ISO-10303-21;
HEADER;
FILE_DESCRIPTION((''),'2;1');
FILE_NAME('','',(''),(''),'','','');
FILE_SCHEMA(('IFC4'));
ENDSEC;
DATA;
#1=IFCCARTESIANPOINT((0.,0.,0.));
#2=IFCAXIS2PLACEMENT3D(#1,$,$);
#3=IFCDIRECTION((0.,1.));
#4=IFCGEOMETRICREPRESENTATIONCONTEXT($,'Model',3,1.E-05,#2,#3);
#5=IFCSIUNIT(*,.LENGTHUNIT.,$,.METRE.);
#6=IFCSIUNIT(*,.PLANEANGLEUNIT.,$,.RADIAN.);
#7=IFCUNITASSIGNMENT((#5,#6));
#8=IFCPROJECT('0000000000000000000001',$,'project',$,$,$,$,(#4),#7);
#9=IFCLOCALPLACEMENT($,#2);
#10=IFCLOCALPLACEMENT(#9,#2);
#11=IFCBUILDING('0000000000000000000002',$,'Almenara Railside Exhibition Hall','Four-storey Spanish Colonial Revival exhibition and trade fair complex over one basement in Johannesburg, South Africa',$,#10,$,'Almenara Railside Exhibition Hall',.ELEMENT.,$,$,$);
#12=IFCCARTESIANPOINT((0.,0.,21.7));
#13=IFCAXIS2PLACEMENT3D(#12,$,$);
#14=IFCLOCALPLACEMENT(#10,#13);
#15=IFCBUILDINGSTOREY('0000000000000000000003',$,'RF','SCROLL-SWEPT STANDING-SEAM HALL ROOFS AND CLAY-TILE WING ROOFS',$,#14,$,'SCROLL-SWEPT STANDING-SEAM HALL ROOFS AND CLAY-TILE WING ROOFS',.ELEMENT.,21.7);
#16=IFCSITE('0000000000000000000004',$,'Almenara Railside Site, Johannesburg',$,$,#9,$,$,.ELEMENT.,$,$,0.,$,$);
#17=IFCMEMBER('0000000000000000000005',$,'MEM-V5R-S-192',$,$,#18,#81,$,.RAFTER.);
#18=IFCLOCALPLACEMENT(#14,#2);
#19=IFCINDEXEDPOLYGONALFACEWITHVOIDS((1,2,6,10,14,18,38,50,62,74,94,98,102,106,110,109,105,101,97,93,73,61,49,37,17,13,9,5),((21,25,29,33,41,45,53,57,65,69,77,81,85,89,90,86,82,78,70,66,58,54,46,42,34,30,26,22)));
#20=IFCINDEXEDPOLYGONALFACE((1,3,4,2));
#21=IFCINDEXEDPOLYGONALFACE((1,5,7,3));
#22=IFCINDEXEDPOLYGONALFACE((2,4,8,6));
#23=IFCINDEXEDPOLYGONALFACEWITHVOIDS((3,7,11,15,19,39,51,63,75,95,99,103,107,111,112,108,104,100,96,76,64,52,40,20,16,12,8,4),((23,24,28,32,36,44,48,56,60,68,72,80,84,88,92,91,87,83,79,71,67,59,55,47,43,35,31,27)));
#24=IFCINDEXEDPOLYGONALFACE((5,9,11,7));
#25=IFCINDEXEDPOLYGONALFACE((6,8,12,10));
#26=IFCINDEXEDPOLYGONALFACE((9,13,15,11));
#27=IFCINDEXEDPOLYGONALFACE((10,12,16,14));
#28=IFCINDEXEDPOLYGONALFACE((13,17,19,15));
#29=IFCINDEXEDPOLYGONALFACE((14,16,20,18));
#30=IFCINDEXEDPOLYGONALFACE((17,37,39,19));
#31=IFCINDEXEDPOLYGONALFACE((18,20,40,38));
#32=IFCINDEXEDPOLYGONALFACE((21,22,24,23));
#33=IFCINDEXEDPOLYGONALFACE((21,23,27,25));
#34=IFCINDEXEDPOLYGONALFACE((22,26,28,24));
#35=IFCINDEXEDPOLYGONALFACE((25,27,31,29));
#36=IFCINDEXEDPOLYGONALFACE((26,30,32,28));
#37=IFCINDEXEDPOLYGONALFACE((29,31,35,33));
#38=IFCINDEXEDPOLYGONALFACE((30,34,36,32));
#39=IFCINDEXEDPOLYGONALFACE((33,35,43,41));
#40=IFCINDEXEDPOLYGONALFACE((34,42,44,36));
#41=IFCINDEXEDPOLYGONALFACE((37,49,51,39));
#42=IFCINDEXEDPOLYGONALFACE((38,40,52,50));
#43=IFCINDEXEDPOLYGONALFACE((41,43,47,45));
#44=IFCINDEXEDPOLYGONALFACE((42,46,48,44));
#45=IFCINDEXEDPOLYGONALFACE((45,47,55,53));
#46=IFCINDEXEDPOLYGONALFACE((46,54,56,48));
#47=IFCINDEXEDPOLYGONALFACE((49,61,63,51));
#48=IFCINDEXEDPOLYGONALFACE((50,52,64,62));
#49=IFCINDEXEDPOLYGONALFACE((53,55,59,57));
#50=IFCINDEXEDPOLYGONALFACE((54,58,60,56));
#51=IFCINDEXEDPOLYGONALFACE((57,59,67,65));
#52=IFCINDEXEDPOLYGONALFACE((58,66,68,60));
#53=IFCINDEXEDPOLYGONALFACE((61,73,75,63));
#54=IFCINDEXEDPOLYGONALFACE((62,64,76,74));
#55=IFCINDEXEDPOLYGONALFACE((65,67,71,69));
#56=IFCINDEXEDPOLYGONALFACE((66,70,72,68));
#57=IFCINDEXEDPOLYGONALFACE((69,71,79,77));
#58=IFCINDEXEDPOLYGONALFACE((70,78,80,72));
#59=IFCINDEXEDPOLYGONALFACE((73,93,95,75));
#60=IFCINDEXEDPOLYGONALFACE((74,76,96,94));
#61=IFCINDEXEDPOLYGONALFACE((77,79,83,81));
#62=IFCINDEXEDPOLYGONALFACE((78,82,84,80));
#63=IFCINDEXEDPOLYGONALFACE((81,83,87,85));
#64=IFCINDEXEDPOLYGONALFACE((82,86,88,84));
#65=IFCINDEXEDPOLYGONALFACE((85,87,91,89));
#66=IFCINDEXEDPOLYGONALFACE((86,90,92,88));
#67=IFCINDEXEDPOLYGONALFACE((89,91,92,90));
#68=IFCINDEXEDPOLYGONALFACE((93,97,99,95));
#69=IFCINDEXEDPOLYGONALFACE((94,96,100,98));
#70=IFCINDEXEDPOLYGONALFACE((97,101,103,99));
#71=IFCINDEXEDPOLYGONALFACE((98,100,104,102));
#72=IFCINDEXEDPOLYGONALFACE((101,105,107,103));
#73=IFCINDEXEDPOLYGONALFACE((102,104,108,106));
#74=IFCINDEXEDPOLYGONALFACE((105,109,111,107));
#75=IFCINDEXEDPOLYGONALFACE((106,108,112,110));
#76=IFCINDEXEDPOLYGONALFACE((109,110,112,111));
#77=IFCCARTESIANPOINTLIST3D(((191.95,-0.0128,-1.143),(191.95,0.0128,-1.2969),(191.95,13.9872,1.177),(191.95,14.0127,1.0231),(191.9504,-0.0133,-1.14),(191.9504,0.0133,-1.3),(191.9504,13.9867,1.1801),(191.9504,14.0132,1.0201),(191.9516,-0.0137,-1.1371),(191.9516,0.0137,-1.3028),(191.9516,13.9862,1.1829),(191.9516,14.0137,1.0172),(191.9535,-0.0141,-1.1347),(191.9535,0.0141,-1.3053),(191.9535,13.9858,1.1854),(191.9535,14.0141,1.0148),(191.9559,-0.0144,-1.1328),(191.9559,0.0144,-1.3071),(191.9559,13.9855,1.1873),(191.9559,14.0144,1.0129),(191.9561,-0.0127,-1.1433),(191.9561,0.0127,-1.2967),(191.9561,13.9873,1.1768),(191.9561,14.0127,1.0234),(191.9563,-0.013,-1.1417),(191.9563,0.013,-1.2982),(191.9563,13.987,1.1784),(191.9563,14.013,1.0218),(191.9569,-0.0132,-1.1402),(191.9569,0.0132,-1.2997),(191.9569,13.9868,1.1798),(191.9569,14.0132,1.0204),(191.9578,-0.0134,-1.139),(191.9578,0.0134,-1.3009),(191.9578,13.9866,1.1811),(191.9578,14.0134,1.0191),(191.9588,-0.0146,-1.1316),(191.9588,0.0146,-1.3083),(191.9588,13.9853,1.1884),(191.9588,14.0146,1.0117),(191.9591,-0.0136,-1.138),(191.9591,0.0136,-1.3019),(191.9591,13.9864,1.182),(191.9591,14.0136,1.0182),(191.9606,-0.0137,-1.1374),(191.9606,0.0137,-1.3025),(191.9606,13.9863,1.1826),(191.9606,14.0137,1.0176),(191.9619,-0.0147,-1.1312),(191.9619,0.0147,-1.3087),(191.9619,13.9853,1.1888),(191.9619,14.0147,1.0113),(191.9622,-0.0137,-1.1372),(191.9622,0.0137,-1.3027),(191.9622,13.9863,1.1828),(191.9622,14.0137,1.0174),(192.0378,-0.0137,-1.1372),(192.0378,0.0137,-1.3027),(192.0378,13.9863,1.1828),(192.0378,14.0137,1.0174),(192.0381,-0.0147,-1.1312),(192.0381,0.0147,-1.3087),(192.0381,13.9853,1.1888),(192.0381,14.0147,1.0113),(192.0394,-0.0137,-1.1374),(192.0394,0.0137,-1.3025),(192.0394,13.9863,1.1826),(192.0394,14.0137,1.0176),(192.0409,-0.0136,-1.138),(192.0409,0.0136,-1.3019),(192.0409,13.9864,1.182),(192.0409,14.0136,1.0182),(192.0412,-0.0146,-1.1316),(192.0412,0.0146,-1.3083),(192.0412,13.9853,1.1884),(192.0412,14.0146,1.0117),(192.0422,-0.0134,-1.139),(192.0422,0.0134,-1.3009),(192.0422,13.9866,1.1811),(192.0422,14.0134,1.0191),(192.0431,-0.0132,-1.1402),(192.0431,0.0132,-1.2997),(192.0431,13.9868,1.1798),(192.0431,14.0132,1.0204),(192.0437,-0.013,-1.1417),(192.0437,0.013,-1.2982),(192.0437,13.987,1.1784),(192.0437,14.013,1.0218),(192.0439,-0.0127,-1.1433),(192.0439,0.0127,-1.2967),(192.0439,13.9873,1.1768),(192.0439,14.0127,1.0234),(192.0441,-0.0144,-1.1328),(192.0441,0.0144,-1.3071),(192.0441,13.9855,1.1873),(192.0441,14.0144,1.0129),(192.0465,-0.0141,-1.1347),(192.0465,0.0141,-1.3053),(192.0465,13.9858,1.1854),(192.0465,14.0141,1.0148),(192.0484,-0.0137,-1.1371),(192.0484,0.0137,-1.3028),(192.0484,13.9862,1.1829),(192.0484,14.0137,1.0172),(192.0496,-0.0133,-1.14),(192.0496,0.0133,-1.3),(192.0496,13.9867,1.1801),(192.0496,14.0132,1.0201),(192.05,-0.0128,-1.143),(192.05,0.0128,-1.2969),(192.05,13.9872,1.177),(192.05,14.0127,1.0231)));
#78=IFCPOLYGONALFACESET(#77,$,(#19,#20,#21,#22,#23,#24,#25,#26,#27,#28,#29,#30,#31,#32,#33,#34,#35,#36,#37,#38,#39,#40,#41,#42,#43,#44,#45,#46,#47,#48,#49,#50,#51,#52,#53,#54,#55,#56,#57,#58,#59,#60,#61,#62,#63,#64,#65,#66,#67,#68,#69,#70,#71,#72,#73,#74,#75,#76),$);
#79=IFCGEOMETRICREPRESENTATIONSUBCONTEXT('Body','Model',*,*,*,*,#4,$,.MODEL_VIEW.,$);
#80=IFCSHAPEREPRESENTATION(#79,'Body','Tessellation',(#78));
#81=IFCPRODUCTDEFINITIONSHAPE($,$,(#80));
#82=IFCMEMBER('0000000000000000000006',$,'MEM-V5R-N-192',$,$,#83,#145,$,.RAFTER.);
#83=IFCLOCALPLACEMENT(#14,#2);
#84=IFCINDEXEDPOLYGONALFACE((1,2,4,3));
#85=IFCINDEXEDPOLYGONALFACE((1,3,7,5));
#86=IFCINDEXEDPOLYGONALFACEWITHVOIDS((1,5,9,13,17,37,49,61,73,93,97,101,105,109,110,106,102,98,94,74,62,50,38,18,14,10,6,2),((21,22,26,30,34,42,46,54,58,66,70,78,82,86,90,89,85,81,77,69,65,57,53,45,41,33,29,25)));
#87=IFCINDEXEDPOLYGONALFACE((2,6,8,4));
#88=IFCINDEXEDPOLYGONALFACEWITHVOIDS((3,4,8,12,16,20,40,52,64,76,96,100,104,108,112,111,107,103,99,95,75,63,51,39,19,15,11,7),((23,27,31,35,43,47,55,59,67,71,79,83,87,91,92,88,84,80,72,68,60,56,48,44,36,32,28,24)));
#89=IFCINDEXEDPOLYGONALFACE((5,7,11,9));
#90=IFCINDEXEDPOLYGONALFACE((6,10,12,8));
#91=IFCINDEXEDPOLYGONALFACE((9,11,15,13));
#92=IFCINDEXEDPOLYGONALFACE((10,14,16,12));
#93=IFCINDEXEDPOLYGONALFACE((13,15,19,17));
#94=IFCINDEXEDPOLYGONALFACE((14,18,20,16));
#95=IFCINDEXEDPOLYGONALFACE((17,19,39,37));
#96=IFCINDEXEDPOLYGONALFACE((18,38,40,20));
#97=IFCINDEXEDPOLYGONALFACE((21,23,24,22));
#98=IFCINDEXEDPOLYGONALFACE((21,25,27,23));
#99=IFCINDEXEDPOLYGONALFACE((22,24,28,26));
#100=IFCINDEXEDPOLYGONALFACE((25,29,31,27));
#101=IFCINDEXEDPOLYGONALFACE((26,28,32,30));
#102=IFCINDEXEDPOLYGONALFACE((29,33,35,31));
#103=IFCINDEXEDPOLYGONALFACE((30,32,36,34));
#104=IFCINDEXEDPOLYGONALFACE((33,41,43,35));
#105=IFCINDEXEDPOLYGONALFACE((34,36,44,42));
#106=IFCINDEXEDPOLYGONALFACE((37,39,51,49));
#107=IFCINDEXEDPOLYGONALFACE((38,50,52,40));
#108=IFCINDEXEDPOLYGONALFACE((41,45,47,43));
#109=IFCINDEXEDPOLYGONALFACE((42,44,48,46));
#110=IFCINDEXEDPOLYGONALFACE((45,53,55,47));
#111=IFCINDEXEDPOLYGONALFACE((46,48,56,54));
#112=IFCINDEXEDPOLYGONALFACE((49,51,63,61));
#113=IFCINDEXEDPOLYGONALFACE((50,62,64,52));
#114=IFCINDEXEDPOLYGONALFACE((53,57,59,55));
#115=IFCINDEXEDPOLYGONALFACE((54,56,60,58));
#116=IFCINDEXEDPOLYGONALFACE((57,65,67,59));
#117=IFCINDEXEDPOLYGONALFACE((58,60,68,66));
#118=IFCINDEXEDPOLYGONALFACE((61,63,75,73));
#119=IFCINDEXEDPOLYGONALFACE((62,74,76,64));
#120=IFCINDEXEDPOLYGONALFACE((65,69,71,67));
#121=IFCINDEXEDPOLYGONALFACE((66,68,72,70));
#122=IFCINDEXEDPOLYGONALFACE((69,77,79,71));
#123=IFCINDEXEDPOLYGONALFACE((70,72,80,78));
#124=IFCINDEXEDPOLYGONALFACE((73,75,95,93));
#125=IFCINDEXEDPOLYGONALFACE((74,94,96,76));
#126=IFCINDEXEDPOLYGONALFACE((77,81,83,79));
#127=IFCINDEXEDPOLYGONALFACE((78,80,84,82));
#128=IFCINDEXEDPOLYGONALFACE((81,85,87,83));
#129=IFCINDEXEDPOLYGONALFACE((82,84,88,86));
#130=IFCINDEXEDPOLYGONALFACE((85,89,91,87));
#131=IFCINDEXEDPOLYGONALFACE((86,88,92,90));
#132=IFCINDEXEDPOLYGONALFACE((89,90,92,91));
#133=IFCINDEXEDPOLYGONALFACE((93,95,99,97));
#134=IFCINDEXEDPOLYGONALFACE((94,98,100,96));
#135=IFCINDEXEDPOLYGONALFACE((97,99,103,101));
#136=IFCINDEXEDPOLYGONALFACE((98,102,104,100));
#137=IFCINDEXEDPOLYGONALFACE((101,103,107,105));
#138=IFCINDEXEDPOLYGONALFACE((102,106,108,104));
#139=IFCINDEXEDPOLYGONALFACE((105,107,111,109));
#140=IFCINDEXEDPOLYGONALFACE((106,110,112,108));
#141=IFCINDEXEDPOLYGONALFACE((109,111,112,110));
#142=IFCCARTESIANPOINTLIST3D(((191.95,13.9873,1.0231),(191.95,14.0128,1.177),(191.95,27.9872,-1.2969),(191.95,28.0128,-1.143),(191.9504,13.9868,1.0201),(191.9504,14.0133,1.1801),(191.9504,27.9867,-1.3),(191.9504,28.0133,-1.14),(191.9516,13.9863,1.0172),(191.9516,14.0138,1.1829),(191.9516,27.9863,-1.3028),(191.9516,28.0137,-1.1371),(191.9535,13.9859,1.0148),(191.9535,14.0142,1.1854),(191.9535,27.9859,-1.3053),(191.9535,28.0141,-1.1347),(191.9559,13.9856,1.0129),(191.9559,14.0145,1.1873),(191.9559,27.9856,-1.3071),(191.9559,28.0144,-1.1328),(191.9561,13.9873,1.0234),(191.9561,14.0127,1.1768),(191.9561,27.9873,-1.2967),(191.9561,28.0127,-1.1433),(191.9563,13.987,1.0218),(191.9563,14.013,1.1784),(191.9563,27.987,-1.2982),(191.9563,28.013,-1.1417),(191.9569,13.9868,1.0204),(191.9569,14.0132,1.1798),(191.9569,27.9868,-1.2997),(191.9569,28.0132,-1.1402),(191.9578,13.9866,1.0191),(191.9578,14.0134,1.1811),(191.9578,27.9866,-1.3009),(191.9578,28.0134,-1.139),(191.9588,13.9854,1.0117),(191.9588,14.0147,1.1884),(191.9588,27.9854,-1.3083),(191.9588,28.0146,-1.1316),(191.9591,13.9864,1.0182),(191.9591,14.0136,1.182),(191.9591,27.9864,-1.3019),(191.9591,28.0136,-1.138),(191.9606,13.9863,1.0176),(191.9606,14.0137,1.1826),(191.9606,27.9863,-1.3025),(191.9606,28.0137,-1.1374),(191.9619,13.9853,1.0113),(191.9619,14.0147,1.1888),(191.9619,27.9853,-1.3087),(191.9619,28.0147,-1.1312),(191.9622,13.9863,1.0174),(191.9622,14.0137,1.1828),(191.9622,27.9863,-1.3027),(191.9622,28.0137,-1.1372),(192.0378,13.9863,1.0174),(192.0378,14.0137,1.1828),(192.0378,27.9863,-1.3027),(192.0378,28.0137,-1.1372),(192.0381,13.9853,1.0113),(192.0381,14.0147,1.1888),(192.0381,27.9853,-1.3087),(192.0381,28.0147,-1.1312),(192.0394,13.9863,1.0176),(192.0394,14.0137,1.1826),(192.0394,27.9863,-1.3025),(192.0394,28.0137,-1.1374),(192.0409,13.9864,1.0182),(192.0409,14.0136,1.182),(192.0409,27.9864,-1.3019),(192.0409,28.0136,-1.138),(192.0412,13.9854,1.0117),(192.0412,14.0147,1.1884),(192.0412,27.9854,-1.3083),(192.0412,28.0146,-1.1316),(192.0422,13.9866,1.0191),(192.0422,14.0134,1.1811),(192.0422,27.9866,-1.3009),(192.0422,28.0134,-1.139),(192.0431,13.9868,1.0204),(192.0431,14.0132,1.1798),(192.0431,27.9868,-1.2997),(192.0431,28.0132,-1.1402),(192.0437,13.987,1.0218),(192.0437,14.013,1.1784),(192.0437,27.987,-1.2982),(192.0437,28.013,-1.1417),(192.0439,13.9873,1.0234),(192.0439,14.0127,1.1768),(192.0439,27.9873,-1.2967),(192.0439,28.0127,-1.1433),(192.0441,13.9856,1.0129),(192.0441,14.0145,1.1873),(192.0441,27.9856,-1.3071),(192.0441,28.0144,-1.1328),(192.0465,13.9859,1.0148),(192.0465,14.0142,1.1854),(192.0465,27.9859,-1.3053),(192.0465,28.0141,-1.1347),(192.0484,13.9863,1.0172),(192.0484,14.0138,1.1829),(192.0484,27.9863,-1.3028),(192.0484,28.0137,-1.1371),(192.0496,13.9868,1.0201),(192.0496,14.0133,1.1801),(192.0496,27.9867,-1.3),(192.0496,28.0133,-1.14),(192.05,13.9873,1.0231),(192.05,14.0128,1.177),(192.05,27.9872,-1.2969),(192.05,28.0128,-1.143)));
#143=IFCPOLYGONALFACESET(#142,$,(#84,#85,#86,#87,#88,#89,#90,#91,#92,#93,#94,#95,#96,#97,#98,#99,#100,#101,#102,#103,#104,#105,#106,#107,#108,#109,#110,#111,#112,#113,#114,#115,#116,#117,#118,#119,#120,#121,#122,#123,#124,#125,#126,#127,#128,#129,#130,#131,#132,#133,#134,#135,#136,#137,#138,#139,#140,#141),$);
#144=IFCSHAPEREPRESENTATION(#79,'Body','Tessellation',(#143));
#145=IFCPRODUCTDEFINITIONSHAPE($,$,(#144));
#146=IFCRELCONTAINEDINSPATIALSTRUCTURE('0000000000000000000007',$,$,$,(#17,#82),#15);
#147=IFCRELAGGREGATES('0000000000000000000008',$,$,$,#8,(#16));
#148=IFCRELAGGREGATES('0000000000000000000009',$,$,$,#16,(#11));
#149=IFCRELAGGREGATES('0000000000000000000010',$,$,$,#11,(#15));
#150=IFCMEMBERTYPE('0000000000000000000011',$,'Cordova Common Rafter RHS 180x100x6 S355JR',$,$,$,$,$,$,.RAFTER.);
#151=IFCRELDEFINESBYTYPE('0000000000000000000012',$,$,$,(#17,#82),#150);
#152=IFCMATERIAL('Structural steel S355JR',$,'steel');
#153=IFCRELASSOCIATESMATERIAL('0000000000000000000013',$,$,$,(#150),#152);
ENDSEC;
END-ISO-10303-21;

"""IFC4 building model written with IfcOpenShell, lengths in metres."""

from ifc_helpers import new_model, si_unit, direction, frame, origin, origin_2d, place, context, subcontext, project, spatial, hollow_rectangle, extrude, material, material_profile, profile_set, type_object, element, save


model = new_model("IFC4")

# Units and contexts
model_context = context("Model", 3, precision=1e-05, world=origin(), true_north=direction((0.0, 1.0)))
body_context = subcontext(model_context, "Body", "Model", "MODEL_VIEW")
ifc_project = project(units=[si_unit("LENGTHUNIT", "METRE"), si_unit("PLANEANGLEUNIT", "RADIAN")], contexts=[model_context])

# Site, building, storey
site_placement = place(None, origin())
site = spatial("IfcSite", under=ifc_project, at=site_placement, Name="Almenara Railside Site, Johannesburg", CompositionType="ELEMENT", RefElevation=0.0)
building_placement = place(site_placement, origin())
building = spatial("IfcBuilding", under=site, at=building_placement, Name="Almenara Railside Exhibition Hall", Description="Four-storey Spanish Colonial Revival exhibition and trade fair complex over one basement in Johannesburg, South Africa", LongName="Almenara Railside Exhibition Hall", CompositionType="ELEMENT")
storey_placement = place(building_placement, frame((0.0, 0.0, 21.7)))
storey = spatial("IfcBuildingStorey", under=building, at=storey_placement, Name="RF", Description="SCROLL-SWEPT STANDING-SEAM HALL ROOFS AND CLAY-TILE WING ROOFS", LongName="SCROLL-SWEPT STANDING-SEAM HALL ROOFS AND CLAY-TILE WING ROOFS", CompositionType="ELEMENT", Elevation=21.7)

# Members
ifc_material_1 = material(Name="Structural steel S355JR", Category="steel")
ifc_material_profile_1 = material_profile(ifc_material_1, hollow_rectangle(XDim=0.1001, YDim=0.1799, WallThickness=0.0061, InnerFilletRadius=0.0061, OuterFilletRadius=0.012, at=origin_2d()), Name="RHS 180x100x6")
ifc_profile_set_1 = profile_set([ifc_material_profile_1], Name="Structural steel S355JR")
member_type_1 = type_object("IfcMemberType", Name="Cordova Common Rafter RHS 180x100x6 S355JR", PredefinedType="RAFTER", material=ifc_profile_set_1)
for number, where, z_axis, x_axis, name in (
    (1, (192.0, 0.0, -1.22), (0.0, 0.986545, 0.163489), (-1.0, 0.0, 0.0), "MEM-V5R-S-192"),
    (2, (192.0, 28.0, -1.22), (0.0, -0.986545, 0.163489), (1.0, 0.0, 0.0), "MEM-V5R-N-192"),
):
    element("IfcMember", number, at=place(storey_placement, frame(where, z_axis=z_axis, x_axis=x_axis)), inside=storey, type_object=member_type_1, Name=name, PredefinedType="RAFTER", context=body_context, shape_type="SweptSolid", body=[
        extrude(hollow_rectangle(XDim=0.1001, YDim=0.1799, WallThickness=0.0061, InnerFilletRadius=0.0061, OuterFilletRadius=0.012, at=origin_2d()), origin(), (0.0, 0.0, 1.0), 14.1909),
    ])

save(model, "model.ifc")
